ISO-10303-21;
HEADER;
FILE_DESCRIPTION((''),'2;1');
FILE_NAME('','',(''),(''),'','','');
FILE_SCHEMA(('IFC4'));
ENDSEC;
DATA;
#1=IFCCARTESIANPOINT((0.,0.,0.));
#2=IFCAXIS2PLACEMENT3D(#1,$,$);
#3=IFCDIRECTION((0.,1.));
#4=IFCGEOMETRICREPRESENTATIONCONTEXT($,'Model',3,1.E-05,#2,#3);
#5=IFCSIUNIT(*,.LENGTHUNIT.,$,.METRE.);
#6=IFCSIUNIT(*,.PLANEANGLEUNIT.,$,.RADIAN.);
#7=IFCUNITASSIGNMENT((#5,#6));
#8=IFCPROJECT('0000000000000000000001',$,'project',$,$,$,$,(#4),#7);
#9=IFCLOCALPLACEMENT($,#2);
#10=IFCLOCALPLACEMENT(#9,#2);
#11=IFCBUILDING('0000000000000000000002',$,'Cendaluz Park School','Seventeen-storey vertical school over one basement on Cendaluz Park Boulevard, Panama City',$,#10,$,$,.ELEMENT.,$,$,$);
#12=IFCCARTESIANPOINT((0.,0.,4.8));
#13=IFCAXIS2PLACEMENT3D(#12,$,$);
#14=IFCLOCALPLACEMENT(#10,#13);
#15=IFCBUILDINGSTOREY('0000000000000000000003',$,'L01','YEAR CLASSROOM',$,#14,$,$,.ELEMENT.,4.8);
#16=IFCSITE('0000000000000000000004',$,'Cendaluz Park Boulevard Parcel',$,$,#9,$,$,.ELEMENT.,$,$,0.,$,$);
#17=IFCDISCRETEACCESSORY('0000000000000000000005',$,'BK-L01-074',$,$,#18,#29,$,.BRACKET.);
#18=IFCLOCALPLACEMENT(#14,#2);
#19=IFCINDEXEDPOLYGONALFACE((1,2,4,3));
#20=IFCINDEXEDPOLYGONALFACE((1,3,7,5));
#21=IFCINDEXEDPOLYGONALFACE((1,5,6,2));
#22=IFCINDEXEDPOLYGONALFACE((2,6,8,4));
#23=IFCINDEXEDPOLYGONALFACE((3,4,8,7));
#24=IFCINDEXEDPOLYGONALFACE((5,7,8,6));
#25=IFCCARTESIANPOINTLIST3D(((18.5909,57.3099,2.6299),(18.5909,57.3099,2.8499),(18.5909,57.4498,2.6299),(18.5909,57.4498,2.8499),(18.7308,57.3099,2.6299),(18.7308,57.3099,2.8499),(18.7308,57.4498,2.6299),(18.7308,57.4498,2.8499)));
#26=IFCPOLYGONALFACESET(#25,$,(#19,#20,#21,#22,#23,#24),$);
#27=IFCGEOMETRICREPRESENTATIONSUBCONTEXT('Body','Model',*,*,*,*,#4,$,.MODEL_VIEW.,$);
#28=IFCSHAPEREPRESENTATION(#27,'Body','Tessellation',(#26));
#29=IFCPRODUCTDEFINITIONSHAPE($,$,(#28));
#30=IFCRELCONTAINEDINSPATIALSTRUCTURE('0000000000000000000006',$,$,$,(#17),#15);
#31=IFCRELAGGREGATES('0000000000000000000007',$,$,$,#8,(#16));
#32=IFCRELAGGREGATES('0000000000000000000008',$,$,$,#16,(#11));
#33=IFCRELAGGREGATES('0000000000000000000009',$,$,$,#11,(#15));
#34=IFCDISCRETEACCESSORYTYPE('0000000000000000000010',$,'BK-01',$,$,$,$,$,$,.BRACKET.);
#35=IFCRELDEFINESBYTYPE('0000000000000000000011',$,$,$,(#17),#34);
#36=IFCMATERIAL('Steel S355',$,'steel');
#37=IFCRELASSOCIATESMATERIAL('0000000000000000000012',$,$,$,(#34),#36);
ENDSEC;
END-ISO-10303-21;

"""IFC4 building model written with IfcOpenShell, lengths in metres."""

from ifc_helpers import new_model, si_unit, direction, frame, origin, origin_2d, place, context, subcontext, project, spatial, rectangle, extrude, material, type_object, element, save


model = new_model("IFC4")

# Units and contexts
model_context = context("Model", 3, precision=1e-05, world=origin(), true_north=direction((0.0, 1.0)))
body_context = subcontext(model_context, "Body", "Model", "MODEL_VIEW")
ifc_project = project(units=[si_unit("LENGTHUNIT", "METRE"), si_unit("PLANEANGLEUNIT", "RADIAN")], contexts=[model_context])

# Site, building, storey
site_placement = place(None, origin())
site = spatial("IfcSite", under=ifc_project, at=site_placement, Name="Cendaluz Park Boulevard Parcel", CompositionType="ELEMENT", RefElevation=0.0)
building_placement = place(site_placement, origin())
building = spatial("IfcBuilding", under=site, at=building_placement, Name="Cendaluz Park School", Description="Seventeen-storey vertical school over one basement on Cendaluz Park Boulevard, Panama City", CompositionType="ELEMENT")
storey_placement = place(building_placement, frame((0.0, 0.0, 4.8)))
storey = spatial("IfcBuildingStorey", under=building, at=storey_placement, Name="L01", Description="YEAR CLASSROOM", CompositionType="ELEMENT", Elevation=4.8)

# Shared definitions
ifc_material_1 = material(Name="Steel S355", Category="steel")

# Discrete accessory
discrete_accessory_type = type_object("IfcDiscreteAccessoryType", Name="BK-01", PredefinedType="BRACKET", material=ifc_material_1)
for number, where, z_axis, x_axis, name in (
    (1, (18.6609, 57.3799, 2.6299), (0.0, 0.0, 1.0), (1.0, 0.0, 0.0), "BK-L01-074"),
):
    element("IfcDiscreteAccessory", number, at=place(storey_placement, frame(where, z_axis=z_axis, x_axis=x_axis)), inside=storey, type_object=discrete_accessory_type, Name=name, PredefinedType="BRACKET", context=body_context, shape_type="SweptSolid", body=[
        extrude(rectangle(XDim=0.1399, YDim=0.1399, at=origin_2d()), origin(), (0.0, 0.0, 1.0), 0.22),
    ])

save(model, "model.ifc")
